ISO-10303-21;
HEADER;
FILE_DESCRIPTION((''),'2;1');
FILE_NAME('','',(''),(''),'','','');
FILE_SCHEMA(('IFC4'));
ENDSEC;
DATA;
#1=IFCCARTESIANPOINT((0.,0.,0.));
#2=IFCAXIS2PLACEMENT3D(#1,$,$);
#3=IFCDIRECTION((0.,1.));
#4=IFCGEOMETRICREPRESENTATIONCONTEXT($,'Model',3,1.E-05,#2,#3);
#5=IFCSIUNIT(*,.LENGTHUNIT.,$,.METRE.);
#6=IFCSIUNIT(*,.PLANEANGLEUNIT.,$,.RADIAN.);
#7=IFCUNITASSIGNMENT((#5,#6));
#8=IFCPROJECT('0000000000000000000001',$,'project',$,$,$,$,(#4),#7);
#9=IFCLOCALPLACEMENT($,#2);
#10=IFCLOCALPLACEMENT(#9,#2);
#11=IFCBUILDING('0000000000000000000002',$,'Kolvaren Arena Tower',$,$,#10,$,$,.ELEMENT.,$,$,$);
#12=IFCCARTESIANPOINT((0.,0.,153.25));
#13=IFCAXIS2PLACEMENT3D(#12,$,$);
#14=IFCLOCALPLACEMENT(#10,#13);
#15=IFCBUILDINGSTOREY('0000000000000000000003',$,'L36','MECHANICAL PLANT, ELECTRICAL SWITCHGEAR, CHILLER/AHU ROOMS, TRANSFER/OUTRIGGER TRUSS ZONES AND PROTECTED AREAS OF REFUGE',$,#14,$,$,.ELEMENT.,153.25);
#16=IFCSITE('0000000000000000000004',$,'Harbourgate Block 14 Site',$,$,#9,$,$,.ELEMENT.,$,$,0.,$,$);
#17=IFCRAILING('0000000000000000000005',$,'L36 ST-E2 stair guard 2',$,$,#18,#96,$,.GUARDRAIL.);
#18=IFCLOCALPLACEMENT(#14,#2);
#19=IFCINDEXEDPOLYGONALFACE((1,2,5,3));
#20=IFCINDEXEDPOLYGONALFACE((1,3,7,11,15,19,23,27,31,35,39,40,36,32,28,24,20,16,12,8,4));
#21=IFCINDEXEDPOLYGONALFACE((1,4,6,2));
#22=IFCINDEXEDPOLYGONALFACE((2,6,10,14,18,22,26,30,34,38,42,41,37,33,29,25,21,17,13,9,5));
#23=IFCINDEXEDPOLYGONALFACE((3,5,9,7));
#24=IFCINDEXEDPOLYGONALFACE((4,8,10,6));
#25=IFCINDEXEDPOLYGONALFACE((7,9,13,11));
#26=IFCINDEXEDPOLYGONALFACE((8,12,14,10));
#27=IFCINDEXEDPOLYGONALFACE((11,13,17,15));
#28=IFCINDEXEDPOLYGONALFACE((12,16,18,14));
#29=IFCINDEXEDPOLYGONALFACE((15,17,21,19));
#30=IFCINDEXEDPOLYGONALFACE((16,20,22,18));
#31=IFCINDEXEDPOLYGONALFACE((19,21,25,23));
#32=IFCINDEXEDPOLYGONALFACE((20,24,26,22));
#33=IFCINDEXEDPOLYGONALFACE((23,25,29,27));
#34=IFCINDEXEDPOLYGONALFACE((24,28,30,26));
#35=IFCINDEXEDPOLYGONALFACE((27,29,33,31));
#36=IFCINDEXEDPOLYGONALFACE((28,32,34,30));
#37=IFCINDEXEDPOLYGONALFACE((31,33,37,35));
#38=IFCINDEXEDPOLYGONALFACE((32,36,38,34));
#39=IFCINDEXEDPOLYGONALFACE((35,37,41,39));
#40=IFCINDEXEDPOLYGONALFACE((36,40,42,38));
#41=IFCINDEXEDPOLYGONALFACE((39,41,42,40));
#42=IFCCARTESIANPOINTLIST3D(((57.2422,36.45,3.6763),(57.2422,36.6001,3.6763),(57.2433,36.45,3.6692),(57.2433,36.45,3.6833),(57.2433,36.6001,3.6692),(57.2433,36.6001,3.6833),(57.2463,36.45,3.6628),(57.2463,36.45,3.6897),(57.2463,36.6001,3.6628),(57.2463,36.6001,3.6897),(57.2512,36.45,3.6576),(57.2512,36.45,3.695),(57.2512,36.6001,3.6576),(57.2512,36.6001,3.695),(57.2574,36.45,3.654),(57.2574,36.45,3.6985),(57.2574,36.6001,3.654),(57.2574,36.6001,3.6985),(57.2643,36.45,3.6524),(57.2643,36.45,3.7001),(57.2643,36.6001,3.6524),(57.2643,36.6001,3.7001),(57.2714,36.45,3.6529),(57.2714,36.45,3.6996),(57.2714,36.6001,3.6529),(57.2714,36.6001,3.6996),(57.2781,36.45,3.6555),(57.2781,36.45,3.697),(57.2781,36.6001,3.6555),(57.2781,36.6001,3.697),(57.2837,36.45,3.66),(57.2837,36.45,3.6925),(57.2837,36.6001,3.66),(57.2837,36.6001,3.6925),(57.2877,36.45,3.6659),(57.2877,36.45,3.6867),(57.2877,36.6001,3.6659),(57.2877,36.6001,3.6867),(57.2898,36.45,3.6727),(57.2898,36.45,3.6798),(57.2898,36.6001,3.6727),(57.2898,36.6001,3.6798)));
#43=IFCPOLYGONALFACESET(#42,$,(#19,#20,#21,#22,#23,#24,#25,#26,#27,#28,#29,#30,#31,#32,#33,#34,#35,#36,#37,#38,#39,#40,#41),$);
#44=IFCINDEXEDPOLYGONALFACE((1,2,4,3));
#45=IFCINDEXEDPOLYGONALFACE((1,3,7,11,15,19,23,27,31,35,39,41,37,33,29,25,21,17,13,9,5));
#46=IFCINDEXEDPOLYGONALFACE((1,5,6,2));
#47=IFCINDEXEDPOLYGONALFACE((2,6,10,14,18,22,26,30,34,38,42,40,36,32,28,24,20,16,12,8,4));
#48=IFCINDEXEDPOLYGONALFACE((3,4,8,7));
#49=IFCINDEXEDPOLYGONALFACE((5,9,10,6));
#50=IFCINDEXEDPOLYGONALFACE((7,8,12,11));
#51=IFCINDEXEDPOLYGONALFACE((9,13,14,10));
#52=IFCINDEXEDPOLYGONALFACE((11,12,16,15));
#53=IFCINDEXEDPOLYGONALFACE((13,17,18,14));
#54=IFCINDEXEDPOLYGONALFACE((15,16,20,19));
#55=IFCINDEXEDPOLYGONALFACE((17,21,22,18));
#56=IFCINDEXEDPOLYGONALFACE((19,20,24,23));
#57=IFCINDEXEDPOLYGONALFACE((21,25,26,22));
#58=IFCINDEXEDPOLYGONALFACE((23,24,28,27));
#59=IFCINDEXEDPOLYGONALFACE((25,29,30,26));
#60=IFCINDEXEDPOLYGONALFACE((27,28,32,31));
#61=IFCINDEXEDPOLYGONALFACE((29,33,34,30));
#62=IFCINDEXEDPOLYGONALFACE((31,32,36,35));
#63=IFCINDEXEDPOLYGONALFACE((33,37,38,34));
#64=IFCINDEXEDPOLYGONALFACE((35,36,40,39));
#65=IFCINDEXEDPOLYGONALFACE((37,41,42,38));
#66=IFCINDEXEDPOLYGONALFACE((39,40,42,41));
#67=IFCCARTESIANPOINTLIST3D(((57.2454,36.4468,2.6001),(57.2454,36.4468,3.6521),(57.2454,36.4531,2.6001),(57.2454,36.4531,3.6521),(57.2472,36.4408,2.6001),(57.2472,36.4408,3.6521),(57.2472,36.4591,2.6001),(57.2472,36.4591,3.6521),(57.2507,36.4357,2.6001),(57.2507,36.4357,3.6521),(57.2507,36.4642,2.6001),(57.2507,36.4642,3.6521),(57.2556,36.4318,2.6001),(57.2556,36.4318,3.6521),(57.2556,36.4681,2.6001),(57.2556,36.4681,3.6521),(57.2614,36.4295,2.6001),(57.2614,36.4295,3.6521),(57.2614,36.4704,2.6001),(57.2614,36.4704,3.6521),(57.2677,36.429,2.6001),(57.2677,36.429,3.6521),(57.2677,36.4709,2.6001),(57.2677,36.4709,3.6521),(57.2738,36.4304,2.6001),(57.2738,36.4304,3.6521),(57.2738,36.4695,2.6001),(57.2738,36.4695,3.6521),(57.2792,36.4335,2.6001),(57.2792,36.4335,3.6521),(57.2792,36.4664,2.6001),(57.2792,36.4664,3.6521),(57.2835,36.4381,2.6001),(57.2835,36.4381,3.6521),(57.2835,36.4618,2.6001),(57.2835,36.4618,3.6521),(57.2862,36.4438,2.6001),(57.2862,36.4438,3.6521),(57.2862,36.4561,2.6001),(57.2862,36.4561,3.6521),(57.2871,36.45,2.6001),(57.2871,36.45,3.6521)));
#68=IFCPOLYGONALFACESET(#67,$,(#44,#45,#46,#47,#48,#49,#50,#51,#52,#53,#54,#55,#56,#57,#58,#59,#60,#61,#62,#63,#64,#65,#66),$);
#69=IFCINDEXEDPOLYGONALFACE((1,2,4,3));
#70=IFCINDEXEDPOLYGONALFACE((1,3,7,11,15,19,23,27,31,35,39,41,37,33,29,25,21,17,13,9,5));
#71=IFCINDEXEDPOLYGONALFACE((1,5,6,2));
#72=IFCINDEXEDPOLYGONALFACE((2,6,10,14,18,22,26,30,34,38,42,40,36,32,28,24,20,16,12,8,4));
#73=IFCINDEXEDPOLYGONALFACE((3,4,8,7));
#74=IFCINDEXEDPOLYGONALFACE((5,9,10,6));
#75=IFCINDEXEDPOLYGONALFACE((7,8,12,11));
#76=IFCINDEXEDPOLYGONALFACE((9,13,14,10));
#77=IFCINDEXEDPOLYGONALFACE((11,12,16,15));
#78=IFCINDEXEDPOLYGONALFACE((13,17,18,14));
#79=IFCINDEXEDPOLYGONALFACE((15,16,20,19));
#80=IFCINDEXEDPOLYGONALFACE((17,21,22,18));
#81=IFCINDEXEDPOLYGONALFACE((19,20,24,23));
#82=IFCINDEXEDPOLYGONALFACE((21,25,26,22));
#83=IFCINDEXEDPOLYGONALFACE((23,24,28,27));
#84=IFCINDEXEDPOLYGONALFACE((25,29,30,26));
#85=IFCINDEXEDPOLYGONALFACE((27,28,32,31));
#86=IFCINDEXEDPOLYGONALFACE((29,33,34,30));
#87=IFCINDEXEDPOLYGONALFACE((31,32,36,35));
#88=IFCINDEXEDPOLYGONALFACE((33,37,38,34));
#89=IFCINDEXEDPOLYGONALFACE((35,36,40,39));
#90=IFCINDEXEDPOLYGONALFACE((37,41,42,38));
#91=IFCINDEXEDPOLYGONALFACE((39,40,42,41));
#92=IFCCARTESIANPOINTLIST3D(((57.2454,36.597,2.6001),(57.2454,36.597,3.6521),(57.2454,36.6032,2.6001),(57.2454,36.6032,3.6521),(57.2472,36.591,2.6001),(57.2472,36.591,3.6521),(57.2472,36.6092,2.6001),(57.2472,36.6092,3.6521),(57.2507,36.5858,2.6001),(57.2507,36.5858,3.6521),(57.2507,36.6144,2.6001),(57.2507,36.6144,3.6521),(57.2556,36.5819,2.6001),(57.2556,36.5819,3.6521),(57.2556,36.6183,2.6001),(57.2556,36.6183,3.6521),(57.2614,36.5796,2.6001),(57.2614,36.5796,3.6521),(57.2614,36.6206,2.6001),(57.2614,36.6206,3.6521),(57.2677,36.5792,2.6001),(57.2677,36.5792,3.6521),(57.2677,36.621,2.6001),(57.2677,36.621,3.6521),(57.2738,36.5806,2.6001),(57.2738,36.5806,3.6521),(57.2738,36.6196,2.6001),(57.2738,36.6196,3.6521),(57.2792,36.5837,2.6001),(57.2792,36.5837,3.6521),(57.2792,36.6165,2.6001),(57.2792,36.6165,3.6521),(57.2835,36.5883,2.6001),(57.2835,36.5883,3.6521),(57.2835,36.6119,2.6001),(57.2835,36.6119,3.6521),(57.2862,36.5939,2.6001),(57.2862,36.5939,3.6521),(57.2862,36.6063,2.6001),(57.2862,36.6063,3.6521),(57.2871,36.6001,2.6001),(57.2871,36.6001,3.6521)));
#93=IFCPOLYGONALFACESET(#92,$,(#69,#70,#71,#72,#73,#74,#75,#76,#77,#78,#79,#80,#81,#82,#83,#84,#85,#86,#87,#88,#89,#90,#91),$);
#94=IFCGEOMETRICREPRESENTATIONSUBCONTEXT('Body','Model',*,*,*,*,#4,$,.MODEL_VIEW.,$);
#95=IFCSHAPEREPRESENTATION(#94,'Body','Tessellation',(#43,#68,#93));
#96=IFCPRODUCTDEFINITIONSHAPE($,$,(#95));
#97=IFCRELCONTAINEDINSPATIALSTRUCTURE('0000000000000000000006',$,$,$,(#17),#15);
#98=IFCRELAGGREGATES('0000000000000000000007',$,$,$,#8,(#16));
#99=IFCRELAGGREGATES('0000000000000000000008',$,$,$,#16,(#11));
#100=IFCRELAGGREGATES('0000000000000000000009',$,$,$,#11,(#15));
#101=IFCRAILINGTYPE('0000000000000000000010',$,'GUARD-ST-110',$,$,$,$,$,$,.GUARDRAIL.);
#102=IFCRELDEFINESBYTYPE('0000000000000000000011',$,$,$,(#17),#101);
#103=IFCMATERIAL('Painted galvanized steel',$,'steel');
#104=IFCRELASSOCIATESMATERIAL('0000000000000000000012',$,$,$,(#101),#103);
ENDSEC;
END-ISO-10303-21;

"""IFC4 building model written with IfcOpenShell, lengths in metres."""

from ifc_helpers import new_model, si_unit, direction, frame, origin, origin_2d, place, context, subcontext, project, spatial, circle, extrude, material, type_object, element, save


model = new_model("IFC4")

# Units and contexts
model_context = context("Model", 3, precision=1e-05, world=origin(), true_north=direction((0.0, 1.0)))
body_context = subcontext(model_context, "Body", "Model", "MODEL_VIEW")
ifc_project = project(units=[si_unit("LENGTHUNIT", "METRE"), si_unit("PLANEANGLEUNIT", "RADIAN")], contexts=[model_context])

# Site, building, storey
site_placement = place(None, origin())
site = spatial("IfcSite", under=ifc_project, at=site_placement, Name="Harbourgate Block 14 Site", CompositionType="ELEMENT", RefElevation=0.0)
building_placement = place(site_placement, origin())
building = spatial("IfcBuilding", under=site, at=building_placement, Name="Kolvaren Arena Tower", CompositionType="ELEMENT")
storey_placement = place(building_placement, frame((0.0, 0.0, 153.25)))
storey = spatial("IfcBuildingStorey", under=building, at=storey_placement, Name="L36", Description="MECHANICAL PLANT, ELECTRICAL SWITCHGEAR, CHILLER/AHU ROOMS, TRANSFER/OUTRIGGER TRUSS ZONES AND PROTECTED AREAS OF REFUGE", CompositionType="ELEMENT", Elevation=153.25)

# Railing
ifc_material_1 = material(Name="Painted galvanized steel", Category="steel")
railing_type_1 = type_object("IfcRailingType", Name="GUARD-ST-110", PredefinedType="GUARDRAIL", material=ifc_material_1)
railing_1_placement = place(storey_placement, frame((57.2661, 36.45, 2.6001)))
element("IfcRailing", 1, at=railing_1_placement, inside=storey, type_object=railing_type_1, Name="L36 ST-E2 stair guard 2", PredefinedType="GUARDRAIL", context=body_context, shape_type="SweptSolid", body=[
    extrude(circle(Radius=0.0239, at=origin_2d()), frame((0.0, 0.0, 1.0762), z_axis=(0.0, 1.0, 0.0), x_axis=(-1.0, 0.0, 0.0)), (0.0, 0.0, 1.0), 0.1501),
    extrude(circle(Radius=0.021, at=origin_2d()), origin(), (0.0, 0.0, 1.0), 1.052),
    extrude(circle(Radius=0.021, at=origin_2d()), frame((0.0, 0.1501, 0.0)), (0.0, 0.0, 1.0), 1.052),
])

save(model, "model.ifc")
